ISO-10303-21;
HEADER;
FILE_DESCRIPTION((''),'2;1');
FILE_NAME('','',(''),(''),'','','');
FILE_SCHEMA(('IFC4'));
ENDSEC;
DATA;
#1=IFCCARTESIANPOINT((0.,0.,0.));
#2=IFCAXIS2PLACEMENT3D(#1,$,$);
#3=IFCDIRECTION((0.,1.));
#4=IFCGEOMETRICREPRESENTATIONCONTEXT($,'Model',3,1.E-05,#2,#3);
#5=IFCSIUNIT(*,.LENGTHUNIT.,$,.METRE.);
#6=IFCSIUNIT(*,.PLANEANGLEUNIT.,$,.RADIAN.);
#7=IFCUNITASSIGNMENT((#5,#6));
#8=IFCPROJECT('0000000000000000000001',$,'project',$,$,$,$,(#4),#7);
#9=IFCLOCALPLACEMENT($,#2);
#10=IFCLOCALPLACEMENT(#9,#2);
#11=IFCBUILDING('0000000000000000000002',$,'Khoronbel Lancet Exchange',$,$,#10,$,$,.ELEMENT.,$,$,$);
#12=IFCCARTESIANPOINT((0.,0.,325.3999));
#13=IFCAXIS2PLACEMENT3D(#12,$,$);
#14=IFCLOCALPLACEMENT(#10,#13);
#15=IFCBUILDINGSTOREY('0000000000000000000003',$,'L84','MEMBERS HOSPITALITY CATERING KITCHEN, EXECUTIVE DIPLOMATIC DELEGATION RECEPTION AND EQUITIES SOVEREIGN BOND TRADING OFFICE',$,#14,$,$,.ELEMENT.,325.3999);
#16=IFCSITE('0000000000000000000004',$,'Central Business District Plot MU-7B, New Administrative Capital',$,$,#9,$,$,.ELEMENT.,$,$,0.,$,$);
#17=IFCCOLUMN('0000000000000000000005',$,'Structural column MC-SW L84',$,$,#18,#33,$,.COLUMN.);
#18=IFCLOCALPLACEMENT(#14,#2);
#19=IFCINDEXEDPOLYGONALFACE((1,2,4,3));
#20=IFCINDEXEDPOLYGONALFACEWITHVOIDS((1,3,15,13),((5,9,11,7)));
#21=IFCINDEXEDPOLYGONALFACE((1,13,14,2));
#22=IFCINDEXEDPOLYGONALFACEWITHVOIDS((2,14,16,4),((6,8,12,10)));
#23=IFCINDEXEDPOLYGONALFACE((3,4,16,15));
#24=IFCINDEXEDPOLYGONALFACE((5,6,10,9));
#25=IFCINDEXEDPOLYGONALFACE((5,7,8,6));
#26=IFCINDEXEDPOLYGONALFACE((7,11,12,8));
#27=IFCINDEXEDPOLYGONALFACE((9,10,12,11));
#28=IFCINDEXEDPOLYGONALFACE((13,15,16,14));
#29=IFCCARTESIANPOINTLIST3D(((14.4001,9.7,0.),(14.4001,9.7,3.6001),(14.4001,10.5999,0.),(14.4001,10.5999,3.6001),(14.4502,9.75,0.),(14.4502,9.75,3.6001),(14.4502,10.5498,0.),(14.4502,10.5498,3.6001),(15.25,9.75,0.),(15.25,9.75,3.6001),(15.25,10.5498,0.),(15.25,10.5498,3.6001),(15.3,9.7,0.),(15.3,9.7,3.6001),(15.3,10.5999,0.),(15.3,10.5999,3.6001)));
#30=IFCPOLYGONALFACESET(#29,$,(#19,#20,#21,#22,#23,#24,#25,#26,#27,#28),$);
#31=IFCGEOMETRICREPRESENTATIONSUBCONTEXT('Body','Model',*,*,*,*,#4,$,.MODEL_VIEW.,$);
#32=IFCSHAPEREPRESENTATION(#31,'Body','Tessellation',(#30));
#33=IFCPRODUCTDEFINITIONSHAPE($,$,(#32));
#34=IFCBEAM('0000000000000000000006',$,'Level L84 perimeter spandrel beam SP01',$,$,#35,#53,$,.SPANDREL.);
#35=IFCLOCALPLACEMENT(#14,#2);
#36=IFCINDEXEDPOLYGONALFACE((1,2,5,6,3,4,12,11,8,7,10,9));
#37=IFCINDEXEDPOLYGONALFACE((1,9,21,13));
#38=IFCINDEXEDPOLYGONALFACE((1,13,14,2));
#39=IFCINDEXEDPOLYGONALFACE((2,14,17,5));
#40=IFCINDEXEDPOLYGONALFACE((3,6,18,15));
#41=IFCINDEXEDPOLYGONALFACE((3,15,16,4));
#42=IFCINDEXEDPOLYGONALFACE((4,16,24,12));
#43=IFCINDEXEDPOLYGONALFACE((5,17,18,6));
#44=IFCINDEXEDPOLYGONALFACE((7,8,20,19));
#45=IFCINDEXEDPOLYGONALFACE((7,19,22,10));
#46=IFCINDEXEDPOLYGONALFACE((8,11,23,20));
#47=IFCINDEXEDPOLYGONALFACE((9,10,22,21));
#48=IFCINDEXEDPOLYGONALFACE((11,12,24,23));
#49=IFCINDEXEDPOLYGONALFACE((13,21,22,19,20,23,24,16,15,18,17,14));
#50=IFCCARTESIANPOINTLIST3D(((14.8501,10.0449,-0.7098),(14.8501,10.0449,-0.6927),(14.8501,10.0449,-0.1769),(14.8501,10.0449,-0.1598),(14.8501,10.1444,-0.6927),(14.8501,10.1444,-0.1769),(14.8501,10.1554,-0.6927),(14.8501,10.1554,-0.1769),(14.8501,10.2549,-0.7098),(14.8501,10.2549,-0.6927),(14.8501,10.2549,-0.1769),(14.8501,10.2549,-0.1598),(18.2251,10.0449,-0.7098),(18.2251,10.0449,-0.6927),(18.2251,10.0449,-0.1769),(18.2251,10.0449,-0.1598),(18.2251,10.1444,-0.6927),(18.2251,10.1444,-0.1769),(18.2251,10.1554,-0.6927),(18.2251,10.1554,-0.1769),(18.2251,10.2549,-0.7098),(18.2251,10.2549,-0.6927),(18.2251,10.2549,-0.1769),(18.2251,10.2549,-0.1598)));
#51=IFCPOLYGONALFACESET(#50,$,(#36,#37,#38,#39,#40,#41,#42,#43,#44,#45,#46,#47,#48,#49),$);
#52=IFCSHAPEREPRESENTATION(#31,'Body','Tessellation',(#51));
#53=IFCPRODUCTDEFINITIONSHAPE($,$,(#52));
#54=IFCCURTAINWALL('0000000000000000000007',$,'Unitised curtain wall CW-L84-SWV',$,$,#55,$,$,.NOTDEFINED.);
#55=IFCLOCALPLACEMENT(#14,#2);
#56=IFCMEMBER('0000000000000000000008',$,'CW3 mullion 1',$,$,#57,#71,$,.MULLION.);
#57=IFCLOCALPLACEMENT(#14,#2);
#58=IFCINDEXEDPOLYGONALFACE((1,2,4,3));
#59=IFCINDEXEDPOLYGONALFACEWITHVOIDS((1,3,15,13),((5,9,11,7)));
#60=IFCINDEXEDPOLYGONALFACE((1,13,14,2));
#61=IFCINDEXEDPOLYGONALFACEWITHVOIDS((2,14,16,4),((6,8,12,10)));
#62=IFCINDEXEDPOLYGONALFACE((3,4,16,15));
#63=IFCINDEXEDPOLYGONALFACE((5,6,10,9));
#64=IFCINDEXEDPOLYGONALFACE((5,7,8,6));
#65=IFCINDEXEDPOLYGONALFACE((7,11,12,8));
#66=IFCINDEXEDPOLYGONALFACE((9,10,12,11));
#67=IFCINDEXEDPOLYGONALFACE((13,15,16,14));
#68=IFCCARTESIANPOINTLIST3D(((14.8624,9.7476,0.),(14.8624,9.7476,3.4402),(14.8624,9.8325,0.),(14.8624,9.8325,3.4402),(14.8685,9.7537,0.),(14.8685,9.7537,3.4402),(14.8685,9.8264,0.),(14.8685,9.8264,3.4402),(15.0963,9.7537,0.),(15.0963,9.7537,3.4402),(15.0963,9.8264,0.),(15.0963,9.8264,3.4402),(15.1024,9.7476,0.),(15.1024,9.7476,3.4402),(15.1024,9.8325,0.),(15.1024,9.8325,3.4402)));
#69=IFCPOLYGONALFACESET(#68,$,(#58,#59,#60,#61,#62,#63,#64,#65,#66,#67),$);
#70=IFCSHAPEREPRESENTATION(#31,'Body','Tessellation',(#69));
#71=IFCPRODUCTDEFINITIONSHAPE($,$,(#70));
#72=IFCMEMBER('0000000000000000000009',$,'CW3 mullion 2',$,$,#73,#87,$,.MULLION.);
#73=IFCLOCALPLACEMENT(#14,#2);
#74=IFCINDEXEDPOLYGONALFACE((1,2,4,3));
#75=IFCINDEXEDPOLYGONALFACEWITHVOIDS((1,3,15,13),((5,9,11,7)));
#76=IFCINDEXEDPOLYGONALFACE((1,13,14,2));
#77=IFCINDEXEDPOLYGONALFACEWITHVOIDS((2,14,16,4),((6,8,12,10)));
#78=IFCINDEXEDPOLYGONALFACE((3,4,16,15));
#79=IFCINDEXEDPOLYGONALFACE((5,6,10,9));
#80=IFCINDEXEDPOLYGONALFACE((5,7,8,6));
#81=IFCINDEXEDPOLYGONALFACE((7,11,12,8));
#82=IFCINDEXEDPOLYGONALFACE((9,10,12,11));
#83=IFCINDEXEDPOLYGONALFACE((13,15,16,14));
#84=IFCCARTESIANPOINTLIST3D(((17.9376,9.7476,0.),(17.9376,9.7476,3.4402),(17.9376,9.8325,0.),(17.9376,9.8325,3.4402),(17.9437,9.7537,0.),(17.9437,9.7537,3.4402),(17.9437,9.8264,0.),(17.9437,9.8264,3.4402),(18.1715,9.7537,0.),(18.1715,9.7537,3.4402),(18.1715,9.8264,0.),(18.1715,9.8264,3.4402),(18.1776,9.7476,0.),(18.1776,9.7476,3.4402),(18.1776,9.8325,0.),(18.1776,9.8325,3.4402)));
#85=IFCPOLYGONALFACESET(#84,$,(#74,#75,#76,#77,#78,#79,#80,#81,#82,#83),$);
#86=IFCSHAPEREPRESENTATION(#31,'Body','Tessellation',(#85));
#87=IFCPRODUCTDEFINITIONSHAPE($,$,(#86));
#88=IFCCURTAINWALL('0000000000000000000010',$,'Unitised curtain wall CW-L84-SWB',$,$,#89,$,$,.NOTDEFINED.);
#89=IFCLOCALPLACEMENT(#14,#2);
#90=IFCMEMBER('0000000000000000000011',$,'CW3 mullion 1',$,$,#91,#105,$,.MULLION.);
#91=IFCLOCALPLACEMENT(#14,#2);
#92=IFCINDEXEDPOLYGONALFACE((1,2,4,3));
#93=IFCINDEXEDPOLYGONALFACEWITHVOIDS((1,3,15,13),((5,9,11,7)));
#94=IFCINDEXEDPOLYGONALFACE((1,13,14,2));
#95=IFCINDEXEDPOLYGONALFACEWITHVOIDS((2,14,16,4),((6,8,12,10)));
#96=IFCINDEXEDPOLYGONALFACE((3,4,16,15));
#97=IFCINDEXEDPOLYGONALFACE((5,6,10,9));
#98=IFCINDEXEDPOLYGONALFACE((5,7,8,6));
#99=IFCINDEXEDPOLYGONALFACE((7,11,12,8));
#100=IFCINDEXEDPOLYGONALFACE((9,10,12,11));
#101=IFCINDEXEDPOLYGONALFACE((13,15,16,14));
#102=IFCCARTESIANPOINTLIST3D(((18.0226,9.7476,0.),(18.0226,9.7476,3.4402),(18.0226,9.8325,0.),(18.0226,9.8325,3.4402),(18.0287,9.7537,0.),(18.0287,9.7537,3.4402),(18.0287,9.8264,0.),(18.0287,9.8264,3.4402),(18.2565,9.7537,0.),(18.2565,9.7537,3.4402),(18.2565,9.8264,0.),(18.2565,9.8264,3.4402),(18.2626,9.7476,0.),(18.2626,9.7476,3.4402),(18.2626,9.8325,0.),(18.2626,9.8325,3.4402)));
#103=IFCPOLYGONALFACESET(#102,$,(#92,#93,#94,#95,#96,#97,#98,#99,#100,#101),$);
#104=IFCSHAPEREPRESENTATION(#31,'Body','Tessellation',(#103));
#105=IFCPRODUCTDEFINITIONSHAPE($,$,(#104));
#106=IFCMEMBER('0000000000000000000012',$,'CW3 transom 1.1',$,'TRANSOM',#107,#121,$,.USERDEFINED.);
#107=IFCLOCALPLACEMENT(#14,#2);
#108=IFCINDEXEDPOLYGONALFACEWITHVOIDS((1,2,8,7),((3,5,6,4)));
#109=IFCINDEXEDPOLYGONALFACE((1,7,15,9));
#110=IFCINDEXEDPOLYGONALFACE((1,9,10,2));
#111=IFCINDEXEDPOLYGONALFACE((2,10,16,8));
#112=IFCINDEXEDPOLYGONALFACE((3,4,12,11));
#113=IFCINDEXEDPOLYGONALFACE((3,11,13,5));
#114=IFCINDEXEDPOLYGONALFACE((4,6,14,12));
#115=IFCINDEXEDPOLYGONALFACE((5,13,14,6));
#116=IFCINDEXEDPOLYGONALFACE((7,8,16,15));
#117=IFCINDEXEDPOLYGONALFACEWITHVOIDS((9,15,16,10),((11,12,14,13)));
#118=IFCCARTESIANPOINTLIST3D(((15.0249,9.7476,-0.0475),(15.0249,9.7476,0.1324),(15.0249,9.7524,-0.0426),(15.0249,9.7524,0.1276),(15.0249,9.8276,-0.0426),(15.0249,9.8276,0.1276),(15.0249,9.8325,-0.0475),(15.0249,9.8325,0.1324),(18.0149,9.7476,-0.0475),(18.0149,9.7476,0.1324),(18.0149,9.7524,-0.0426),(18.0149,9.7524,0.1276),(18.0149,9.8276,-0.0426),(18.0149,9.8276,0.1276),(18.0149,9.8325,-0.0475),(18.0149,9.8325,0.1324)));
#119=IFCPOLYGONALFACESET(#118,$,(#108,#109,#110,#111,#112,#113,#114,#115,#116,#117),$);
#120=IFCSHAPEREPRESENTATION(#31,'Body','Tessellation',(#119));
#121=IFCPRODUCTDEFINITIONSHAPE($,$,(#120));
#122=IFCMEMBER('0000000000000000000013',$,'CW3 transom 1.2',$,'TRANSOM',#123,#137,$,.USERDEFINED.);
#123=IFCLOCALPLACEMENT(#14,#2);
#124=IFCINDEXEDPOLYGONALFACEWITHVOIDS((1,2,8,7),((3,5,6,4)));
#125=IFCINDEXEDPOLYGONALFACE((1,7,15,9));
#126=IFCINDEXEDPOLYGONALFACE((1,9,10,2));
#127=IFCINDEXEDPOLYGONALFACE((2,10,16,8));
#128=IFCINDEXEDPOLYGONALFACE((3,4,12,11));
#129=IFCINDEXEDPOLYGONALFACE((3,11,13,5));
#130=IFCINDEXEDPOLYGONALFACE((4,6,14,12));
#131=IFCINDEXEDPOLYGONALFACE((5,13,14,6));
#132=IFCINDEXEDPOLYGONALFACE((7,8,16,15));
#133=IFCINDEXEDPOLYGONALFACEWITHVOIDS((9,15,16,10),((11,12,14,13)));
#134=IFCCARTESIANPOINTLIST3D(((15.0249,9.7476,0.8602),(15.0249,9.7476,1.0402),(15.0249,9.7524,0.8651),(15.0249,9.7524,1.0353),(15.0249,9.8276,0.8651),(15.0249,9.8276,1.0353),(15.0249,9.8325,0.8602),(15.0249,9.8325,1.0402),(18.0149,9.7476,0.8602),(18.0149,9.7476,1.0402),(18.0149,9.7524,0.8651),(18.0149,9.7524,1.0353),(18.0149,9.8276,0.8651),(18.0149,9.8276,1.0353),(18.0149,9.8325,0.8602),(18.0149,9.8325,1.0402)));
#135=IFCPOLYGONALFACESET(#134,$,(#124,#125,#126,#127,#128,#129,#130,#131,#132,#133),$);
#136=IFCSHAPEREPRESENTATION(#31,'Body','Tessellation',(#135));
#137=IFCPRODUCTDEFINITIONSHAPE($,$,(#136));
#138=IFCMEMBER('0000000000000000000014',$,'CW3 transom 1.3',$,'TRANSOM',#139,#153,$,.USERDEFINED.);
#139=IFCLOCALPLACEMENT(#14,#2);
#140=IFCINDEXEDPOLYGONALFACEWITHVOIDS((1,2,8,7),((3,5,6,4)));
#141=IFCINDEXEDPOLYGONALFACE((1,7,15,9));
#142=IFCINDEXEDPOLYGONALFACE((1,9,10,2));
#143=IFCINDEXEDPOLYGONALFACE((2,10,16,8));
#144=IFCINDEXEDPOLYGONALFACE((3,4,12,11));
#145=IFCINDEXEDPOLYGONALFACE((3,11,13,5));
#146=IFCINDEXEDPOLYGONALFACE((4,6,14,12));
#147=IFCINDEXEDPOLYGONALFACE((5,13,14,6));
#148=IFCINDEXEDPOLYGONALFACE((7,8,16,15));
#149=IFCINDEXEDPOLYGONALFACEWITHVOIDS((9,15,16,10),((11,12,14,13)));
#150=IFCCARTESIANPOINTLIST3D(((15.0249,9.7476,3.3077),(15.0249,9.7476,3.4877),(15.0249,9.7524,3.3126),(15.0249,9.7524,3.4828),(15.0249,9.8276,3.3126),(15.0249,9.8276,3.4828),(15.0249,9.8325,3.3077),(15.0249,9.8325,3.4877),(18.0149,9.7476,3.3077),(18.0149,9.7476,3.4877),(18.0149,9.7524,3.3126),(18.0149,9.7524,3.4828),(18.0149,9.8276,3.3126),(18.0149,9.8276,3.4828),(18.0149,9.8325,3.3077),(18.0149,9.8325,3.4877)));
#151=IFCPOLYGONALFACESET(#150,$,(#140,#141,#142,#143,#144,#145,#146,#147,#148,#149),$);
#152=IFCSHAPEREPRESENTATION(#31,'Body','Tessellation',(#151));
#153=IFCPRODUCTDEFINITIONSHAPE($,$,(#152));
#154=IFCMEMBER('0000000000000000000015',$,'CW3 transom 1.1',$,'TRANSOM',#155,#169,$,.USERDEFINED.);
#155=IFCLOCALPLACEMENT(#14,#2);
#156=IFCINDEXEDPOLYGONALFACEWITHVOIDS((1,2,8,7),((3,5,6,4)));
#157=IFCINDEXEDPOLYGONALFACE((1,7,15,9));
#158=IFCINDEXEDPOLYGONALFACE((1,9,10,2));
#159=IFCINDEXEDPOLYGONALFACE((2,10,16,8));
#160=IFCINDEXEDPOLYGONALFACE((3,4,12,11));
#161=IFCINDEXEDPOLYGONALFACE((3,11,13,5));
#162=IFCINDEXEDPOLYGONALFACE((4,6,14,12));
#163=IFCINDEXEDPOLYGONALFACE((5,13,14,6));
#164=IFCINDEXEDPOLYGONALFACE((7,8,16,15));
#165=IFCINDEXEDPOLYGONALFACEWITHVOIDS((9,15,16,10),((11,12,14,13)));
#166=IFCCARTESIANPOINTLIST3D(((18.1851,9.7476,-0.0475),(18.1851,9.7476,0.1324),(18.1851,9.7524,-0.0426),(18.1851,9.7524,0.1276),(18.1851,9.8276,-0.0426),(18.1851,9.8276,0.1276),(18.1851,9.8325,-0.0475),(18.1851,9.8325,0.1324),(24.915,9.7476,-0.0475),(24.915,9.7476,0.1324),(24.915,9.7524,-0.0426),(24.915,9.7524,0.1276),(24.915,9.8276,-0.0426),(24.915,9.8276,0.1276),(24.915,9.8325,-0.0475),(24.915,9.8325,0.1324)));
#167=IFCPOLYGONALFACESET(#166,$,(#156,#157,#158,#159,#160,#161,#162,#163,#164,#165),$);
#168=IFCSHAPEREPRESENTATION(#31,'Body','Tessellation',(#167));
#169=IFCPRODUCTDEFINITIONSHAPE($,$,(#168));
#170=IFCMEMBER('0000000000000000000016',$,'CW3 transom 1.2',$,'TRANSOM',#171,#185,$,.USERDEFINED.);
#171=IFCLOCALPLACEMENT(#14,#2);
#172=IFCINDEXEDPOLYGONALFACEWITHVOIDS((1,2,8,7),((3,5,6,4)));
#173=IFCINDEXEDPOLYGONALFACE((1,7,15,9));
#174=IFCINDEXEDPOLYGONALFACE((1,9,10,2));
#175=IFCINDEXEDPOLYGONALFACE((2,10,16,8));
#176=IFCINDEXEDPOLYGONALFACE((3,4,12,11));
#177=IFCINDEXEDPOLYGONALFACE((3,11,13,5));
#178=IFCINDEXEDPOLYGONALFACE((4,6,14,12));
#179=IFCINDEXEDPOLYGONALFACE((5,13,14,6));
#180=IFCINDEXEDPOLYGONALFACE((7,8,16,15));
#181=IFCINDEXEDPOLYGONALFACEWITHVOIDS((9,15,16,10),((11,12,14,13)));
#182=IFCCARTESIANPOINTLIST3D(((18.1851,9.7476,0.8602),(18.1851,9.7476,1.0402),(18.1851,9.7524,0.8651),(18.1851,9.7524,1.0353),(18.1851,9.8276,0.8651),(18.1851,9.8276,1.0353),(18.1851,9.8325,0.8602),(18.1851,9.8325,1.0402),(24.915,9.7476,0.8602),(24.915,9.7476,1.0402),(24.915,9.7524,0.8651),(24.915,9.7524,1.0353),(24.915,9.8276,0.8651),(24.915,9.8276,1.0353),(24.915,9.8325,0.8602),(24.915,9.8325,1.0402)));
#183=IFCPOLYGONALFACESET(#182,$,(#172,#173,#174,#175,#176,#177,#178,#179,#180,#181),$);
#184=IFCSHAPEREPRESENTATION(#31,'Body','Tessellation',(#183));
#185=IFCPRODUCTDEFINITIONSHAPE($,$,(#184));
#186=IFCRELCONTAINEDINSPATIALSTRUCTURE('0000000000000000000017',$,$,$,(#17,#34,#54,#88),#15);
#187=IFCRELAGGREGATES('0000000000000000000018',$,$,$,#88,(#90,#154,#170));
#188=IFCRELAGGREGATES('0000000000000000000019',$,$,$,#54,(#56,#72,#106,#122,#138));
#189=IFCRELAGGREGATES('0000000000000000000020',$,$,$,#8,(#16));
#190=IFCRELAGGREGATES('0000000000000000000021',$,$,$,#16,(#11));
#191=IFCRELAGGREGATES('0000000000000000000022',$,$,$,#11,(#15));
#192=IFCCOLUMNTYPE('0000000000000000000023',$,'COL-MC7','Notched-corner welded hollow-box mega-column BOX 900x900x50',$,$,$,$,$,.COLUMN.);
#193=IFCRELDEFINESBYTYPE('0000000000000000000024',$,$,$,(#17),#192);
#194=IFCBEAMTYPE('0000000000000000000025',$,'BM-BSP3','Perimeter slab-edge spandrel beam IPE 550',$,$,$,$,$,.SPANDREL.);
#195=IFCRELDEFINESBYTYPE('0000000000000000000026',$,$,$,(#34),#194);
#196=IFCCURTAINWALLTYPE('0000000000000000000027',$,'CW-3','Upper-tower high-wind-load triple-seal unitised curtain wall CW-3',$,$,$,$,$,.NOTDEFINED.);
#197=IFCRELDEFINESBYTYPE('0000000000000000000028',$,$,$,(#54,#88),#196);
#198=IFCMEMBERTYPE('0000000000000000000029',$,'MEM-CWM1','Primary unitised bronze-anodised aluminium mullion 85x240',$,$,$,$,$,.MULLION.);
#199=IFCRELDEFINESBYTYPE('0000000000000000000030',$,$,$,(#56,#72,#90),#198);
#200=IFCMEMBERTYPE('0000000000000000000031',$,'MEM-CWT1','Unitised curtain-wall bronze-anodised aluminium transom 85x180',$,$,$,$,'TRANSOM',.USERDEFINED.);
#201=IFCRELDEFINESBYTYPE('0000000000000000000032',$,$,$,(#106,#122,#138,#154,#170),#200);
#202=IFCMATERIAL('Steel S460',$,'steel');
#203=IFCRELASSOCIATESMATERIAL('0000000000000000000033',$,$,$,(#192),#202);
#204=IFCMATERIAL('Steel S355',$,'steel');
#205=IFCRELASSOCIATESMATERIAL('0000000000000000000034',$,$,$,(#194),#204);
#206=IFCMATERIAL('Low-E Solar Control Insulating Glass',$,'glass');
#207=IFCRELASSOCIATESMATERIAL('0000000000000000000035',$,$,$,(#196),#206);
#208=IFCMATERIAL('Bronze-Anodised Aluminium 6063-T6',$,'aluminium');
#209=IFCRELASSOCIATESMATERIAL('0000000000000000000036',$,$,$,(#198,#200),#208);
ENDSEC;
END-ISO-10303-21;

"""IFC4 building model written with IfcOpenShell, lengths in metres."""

from ifc_helpers import new_model, si_unit, direction, frame, origin, origin_2d, place, context, subcontext, project, spatial, hollow_rectangle, i_section, extrude, material, material_profile, profile_set, type_object, element, aggregate, save


model = new_model("IFC4")

# Units and contexts
model_context = context("Model", 3, precision=1e-05, world=origin(), true_north=direction((0.0, 1.0)))
body_context = subcontext(model_context, "Body", "Model", "MODEL_VIEW")
ifc_project = project(units=[si_unit("LENGTHUNIT", "METRE"), si_unit("PLANEANGLEUNIT", "RADIAN")], contexts=[model_context])

# Site, building, storey
site_placement = place(None, origin())
site = spatial("IfcSite", under=ifc_project, at=site_placement, Name="Central Business District Plot MU-7B, New Administrative Capital", CompositionType="ELEMENT", RefElevation=0.0)
building_placement = place(site_placement, origin())
building = spatial("IfcBuilding", under=site, at=building_placement, Name="Khoronbel Lancet Exchange", CompositionType="ELEMENT")
storey_placement = place(building_placement, frame((0.0, 0.0, 325.3999)))
storey = spatial("IfcBuildingStorey", under=building, at=storey_placement, Name="L84", Description="MEMBERS HOSPITALITY CATERING KITCHEN, EXECUTIVE DIPLOMATIC DELEGATION RECEPTION AND EQUITIES SOVEREIGN BOND TRADING OFFICE", CompositionType="ELEMENT", Elevation=325.3999)

# Column
ifc_material_1 = material(Name="Steel S460", Category="steel")
ifc_material_profile_1 = material_profile(ifc_material_1, hollow_rectangle(XDim=0.8999, YDim=0.8999, WallThickness=0.05, at=origin_2d()), Name="BOX 900x900x50")
ifc_profile_set_1 = profile_set([ifc_material_profile_1], Name="Steel S460")
column_type = type_object("IfcColumnType", Name="COL-MC7", Description="Notched-corner welded hollow-box mega-column BOX 900x900x50", PredefinedType="COLUMN", material=ifc_profile_set_1)
column_placement = place(storey_placement, frame((14.8501, 10.1499, 0.0), z_axis=(0.0, 0.0, 1.0), x_axis=(1.0, 0.0, 0.0)))
element("IfcColumn", 1, at=column_placement, inside=storey, type_object=column_type, Name="Structural column MC-SW L84", PredefinedType="COLUMN", context=body_context, shape_type="SweptSolid", body=[
    extrude(hollow_rectangle(XDim=0.8999, YDim=0.8999, WallThickness=0.05, at=origin_2d()), origin(), (0.0, 0.0, 1.0), 3.6001),
])

# Beam
ifc_material_2 = material(Name="Steel S355", Category="steel")
ifc_material_profile_2 = material_profile(ifc_material_2, i_section(OverallWidth=0.21, OverallDepth=0.55, WebThickness=0.011, FlangeThickness=0.0171, at=origin_2d()), Name="IPE 550")
ifc_profile_set_2 = profile_set([ifc_material_profile_2], Name="Steel S355")
beam_type = type_object("IfcBeamType", Name="BM-BSP3", Description="Perimeter slab-edge spandrel beam IPE 550", PredefinedType="SPANDREL", material=ifc_profile_set_2)
beam_placement = place(storey_placement, frame((14.8501, 10.1499, -0.4348), z_axis=(1.0, 0.0, 0.0), x_axis=(0.0, 1.0, 0.0)))
element("IfcBeam", 2, at=beam_placement, inside=storey, type_object=beam_type, Name="Level L84 perimeter spandrel beam SP01", PredefinedType="SPANDREL", context=body_context, shape_type="SweptSolid", body=[
    extrude(i_section(OverallWidth=0.21, OverallDepth=0.55, WebThickness=0.011, FlangeThickness=0.0171, at=origin_2d()), origin(), (0.0, 0.0, 1.0), 3.375),
])

# Curtain wall, members
ifc_material_3 = material(Name="Low-E Solar Control Insulating Glass", Category="glass")
curtain_wall_type = type_object("IfcCurtainWallType", Name="CW-3", Description="Upper-tower high-wind-load triple-seal unitised curtain wall CW-3", PredefinedType="NOTDEFINED", material=ifc_material_3)
curtain_wall_1_placement = place(storey_placement, origin())
curtain_wall_1 = element("IfcCurtainWall", 3, at=curtain_wall_1_placement, inside=storey, type_object=curtain_wall_type, Name="Unitised curtain wall CW-L84-SWV", PredefinedType="NOTDEFINED")
ifc_material_4 = material(Name="Bronze-Anodised Aluminium 6063-T6", Category="aluminium")
ifc_material_profile_3 = material_profile(ifc_material_4, hollow_rectangle(XDim=0.085, YDim=0.24, WallThickness=0.0061, at=origin_2d()), Name="ALU MULLION 85x240")
ifc_profile_set_3 = profile_set([ifc_material_profile_3], Name="Bronze-Anodised Aluminium 6063-T6")
member_type_1 = type_object("IfcMemberType", Name="MEM-CWM1", Description="Primary unitised bronze-anodised aluminium mullion 85x240", PredefinedType="MULLION", material=ifc_profile_set_3)
member_1_placement = place(storey_placement, frame((14.9824, 9.79, 0.0), z_axis=(0.0, 0.0, 1.0), x_axis=(0.0, 1.0, 0.0)))
member_1 = element("IfcMember", 4, at=member_1_placement, type_object=member_type_1, Name="CW3 mullion 1", PredefinedType="MULLION", context=body_context, shape_type="SweptSolid", body=[
    extrude(hollow_rectangle(XDim=0.085, YDim=0.24, WallThickness=0.0061, at=origin_2d()), origin(), (0.0, 0.0, 1.0), 3.4402),
])
member_2_placement = place(storey_placement, frame((18.0576, 9.79, 0.0), z_axis=(0.0, 0.0, 1.0), x_axis=(0.0, 1.0, 0.0)))
member_2 = element("IfcMember", 5, at=member_2_placement, type_object=member_type_1, Name="CW3 mullion 2", PredefinedType="MULLION", context=body_context, shape_type="SweptSolid", body=[
    extrude(hollow_rectangle(XDim=0.085, YDim=0.24, WallThickness=0.0061, at=origin_2d()), origin(), (0.0, 0.0, 1.0), 3.4402),
])

# Curtain wall, member
curtain_wall_2_placement = place(storey_placement, origin())
curtain_wall_2 = element("IfcCurtainWall", 6, at=curtain_wall_2_placement, inside=storey, type_object=curtain_wall_type, Name="Unitised curtain wall CW-L84-SWB", PredefinedType="NOTDEFINED")
member_3_placement = place(storey_placement, frame((18.1426, 9.79, 0.0), z_axis=(0.0, 0.0, 1.0), x_axis=(0.0, 1.0, 0.0)))
member_3 = element("IfcMember", 7, at=member_3_placement, type_object=member_type_1, Name="CW3 mullion 1", PredefinedType="MULLION", context=body_context, shape_type="SweptSolid", body=[
    extrude(hollow_rectangle(XDim=0.085, YDim=0.24, WallThickness=0.0061, at=origin_2d()), origin(), (0.0, 0.0, 1.0), 3.4402),
])

# Members
ifc_material_profile_4 = material_profile(ifc_material_4, hollow_rectangle(XDim=0.085, YDim=0.1799, WallThickness=0.0049, at=origin_2d()), Name="ALU TRANSOM 85x180")
ifc_profile_set_4 = profile_set([ifc_material_profile_4], Name="Bronze-Anodised Aluminium 6063-T6")
member_type_2 = type_object("IfcMemberType", Name="MEM-CWT1", Description="Unitised curtain-wall bronze-anodised aluminium transom 85x180", ElementType="TRANSOM", PredefinedType="USERDEFINED", material=ifc_profile_set_4)
member_4_placement = place(storey_placement, frame((15.0249, 9.79, 0.0425), z_axis=(1.0, 0.0, 0.0), x_axis=(0.0, 1.0, 0.0)))
member_4 = element("IfcMember", 8, at=member_4_placement, type_object=member_type_2, Name="CW3 transom 1.1", ObjectType="TRANSOM", PredefinedType="USERDEFINED", context=body_context, shape_type="SweptSolid", body=[
    extrude(hollow_rectangle(XDim=0.085, YDim=0.1799, WallThickness=0.0049, at=origin_2d()), origin(), (0.0, 0.0, 1.0), 2.99),
])
member_5_placement = place(storey_placement, frame((15.0249, 9.79, 0.9502), z_axis=(1.0, 0.0, 0.0), x_axis=(0.0, 1.0, 0.0)))
member_5 = element("IfcMember", 9, at=member_5_placement, type_object=member_type_2, Name="CW3 transom 1.2", ObjectType="TRANSOM", PredefinedType="USERDEFINED", context=body_context, shape_type="SweptSolid", body=[
    extrude(hollow_rectangle(XDim=0.085, YDim=0.1799, WallThickness=0.0049, at=origin_2d()), origin(), (0.0, 0.0, 1.0), 2.99),
])
member_6_placement = place(storey_placement, frame((15.0249, 9.79, 3.3977), z_axis=(1.0, 0.0, 0.0), x_axis=(0.0, 1.0, 0.0)))
member_6 = element("IfcMember", 10, at=member_6_placement, type_object=member_type_2, Name="CW3 transom 1.3", ObjectType="TRANSOM", PredefinedType="USERDEFINED", context=body_context, shape_type="SweptSolid", body=[
    extrude(hollow_rectangle(XDim=0.085, YDim=0.1799, WallThickness=0.0049, at=origin_2d()), origin(), (0.0, 0.0, 1.0), 2.99),
])
member_7_placement = place(storey_placement, frame((18.1851, 9.79, 0.0425), z_axis=(1.0, 0.0, 0.0), x_axis=(0.0, 1.0, 0.0)))
member_7 = element("IfcMember", 11, at=member_7_placement, type_object=member_type_2, Name="CW3 transom 1.1", ObjectType="TRANSOM", PredefinedType="USERDEFINED", context=body_context, shape_type="SweptSolid", body=[
    extrude(hollow_rectangle(XDim=0.085, YDim=0.1799, WallThickness=0.0049, at=origin_2d()), origin(), (0.0, 0.0, 1.0), 6.73),
])
member_8_placement = place(storey_placement, frame((18.1851, 9.79, 0.9502), z_axis=(1.0, 0.0, 0.0), x_axis=(0.0, 1.0, 0.0)))
member_8 = element("IfcMember", 12, at=member_8_placement, type_object=member_type_2, Name="CW3 transom 1.2", ObjectType="TRANSOM", PredefinedType="USERDEFINED", context=body_context, shape_type="SweptSolid", body=[
    extrude(hollow_rectangle(XDim=0.085, YDim=0.1799, WallThickness=0.0049, at=origin_2d()), origin(), (0.0, 0.0, 1.0), 6.73),
])
aggregate(curtain_wall_2, [member_3, member_7, member_8])

aggregate(curtain_wall_1, [member_1, member_2, member_4, member_5, member_6])

save(model, "model.ifc")
